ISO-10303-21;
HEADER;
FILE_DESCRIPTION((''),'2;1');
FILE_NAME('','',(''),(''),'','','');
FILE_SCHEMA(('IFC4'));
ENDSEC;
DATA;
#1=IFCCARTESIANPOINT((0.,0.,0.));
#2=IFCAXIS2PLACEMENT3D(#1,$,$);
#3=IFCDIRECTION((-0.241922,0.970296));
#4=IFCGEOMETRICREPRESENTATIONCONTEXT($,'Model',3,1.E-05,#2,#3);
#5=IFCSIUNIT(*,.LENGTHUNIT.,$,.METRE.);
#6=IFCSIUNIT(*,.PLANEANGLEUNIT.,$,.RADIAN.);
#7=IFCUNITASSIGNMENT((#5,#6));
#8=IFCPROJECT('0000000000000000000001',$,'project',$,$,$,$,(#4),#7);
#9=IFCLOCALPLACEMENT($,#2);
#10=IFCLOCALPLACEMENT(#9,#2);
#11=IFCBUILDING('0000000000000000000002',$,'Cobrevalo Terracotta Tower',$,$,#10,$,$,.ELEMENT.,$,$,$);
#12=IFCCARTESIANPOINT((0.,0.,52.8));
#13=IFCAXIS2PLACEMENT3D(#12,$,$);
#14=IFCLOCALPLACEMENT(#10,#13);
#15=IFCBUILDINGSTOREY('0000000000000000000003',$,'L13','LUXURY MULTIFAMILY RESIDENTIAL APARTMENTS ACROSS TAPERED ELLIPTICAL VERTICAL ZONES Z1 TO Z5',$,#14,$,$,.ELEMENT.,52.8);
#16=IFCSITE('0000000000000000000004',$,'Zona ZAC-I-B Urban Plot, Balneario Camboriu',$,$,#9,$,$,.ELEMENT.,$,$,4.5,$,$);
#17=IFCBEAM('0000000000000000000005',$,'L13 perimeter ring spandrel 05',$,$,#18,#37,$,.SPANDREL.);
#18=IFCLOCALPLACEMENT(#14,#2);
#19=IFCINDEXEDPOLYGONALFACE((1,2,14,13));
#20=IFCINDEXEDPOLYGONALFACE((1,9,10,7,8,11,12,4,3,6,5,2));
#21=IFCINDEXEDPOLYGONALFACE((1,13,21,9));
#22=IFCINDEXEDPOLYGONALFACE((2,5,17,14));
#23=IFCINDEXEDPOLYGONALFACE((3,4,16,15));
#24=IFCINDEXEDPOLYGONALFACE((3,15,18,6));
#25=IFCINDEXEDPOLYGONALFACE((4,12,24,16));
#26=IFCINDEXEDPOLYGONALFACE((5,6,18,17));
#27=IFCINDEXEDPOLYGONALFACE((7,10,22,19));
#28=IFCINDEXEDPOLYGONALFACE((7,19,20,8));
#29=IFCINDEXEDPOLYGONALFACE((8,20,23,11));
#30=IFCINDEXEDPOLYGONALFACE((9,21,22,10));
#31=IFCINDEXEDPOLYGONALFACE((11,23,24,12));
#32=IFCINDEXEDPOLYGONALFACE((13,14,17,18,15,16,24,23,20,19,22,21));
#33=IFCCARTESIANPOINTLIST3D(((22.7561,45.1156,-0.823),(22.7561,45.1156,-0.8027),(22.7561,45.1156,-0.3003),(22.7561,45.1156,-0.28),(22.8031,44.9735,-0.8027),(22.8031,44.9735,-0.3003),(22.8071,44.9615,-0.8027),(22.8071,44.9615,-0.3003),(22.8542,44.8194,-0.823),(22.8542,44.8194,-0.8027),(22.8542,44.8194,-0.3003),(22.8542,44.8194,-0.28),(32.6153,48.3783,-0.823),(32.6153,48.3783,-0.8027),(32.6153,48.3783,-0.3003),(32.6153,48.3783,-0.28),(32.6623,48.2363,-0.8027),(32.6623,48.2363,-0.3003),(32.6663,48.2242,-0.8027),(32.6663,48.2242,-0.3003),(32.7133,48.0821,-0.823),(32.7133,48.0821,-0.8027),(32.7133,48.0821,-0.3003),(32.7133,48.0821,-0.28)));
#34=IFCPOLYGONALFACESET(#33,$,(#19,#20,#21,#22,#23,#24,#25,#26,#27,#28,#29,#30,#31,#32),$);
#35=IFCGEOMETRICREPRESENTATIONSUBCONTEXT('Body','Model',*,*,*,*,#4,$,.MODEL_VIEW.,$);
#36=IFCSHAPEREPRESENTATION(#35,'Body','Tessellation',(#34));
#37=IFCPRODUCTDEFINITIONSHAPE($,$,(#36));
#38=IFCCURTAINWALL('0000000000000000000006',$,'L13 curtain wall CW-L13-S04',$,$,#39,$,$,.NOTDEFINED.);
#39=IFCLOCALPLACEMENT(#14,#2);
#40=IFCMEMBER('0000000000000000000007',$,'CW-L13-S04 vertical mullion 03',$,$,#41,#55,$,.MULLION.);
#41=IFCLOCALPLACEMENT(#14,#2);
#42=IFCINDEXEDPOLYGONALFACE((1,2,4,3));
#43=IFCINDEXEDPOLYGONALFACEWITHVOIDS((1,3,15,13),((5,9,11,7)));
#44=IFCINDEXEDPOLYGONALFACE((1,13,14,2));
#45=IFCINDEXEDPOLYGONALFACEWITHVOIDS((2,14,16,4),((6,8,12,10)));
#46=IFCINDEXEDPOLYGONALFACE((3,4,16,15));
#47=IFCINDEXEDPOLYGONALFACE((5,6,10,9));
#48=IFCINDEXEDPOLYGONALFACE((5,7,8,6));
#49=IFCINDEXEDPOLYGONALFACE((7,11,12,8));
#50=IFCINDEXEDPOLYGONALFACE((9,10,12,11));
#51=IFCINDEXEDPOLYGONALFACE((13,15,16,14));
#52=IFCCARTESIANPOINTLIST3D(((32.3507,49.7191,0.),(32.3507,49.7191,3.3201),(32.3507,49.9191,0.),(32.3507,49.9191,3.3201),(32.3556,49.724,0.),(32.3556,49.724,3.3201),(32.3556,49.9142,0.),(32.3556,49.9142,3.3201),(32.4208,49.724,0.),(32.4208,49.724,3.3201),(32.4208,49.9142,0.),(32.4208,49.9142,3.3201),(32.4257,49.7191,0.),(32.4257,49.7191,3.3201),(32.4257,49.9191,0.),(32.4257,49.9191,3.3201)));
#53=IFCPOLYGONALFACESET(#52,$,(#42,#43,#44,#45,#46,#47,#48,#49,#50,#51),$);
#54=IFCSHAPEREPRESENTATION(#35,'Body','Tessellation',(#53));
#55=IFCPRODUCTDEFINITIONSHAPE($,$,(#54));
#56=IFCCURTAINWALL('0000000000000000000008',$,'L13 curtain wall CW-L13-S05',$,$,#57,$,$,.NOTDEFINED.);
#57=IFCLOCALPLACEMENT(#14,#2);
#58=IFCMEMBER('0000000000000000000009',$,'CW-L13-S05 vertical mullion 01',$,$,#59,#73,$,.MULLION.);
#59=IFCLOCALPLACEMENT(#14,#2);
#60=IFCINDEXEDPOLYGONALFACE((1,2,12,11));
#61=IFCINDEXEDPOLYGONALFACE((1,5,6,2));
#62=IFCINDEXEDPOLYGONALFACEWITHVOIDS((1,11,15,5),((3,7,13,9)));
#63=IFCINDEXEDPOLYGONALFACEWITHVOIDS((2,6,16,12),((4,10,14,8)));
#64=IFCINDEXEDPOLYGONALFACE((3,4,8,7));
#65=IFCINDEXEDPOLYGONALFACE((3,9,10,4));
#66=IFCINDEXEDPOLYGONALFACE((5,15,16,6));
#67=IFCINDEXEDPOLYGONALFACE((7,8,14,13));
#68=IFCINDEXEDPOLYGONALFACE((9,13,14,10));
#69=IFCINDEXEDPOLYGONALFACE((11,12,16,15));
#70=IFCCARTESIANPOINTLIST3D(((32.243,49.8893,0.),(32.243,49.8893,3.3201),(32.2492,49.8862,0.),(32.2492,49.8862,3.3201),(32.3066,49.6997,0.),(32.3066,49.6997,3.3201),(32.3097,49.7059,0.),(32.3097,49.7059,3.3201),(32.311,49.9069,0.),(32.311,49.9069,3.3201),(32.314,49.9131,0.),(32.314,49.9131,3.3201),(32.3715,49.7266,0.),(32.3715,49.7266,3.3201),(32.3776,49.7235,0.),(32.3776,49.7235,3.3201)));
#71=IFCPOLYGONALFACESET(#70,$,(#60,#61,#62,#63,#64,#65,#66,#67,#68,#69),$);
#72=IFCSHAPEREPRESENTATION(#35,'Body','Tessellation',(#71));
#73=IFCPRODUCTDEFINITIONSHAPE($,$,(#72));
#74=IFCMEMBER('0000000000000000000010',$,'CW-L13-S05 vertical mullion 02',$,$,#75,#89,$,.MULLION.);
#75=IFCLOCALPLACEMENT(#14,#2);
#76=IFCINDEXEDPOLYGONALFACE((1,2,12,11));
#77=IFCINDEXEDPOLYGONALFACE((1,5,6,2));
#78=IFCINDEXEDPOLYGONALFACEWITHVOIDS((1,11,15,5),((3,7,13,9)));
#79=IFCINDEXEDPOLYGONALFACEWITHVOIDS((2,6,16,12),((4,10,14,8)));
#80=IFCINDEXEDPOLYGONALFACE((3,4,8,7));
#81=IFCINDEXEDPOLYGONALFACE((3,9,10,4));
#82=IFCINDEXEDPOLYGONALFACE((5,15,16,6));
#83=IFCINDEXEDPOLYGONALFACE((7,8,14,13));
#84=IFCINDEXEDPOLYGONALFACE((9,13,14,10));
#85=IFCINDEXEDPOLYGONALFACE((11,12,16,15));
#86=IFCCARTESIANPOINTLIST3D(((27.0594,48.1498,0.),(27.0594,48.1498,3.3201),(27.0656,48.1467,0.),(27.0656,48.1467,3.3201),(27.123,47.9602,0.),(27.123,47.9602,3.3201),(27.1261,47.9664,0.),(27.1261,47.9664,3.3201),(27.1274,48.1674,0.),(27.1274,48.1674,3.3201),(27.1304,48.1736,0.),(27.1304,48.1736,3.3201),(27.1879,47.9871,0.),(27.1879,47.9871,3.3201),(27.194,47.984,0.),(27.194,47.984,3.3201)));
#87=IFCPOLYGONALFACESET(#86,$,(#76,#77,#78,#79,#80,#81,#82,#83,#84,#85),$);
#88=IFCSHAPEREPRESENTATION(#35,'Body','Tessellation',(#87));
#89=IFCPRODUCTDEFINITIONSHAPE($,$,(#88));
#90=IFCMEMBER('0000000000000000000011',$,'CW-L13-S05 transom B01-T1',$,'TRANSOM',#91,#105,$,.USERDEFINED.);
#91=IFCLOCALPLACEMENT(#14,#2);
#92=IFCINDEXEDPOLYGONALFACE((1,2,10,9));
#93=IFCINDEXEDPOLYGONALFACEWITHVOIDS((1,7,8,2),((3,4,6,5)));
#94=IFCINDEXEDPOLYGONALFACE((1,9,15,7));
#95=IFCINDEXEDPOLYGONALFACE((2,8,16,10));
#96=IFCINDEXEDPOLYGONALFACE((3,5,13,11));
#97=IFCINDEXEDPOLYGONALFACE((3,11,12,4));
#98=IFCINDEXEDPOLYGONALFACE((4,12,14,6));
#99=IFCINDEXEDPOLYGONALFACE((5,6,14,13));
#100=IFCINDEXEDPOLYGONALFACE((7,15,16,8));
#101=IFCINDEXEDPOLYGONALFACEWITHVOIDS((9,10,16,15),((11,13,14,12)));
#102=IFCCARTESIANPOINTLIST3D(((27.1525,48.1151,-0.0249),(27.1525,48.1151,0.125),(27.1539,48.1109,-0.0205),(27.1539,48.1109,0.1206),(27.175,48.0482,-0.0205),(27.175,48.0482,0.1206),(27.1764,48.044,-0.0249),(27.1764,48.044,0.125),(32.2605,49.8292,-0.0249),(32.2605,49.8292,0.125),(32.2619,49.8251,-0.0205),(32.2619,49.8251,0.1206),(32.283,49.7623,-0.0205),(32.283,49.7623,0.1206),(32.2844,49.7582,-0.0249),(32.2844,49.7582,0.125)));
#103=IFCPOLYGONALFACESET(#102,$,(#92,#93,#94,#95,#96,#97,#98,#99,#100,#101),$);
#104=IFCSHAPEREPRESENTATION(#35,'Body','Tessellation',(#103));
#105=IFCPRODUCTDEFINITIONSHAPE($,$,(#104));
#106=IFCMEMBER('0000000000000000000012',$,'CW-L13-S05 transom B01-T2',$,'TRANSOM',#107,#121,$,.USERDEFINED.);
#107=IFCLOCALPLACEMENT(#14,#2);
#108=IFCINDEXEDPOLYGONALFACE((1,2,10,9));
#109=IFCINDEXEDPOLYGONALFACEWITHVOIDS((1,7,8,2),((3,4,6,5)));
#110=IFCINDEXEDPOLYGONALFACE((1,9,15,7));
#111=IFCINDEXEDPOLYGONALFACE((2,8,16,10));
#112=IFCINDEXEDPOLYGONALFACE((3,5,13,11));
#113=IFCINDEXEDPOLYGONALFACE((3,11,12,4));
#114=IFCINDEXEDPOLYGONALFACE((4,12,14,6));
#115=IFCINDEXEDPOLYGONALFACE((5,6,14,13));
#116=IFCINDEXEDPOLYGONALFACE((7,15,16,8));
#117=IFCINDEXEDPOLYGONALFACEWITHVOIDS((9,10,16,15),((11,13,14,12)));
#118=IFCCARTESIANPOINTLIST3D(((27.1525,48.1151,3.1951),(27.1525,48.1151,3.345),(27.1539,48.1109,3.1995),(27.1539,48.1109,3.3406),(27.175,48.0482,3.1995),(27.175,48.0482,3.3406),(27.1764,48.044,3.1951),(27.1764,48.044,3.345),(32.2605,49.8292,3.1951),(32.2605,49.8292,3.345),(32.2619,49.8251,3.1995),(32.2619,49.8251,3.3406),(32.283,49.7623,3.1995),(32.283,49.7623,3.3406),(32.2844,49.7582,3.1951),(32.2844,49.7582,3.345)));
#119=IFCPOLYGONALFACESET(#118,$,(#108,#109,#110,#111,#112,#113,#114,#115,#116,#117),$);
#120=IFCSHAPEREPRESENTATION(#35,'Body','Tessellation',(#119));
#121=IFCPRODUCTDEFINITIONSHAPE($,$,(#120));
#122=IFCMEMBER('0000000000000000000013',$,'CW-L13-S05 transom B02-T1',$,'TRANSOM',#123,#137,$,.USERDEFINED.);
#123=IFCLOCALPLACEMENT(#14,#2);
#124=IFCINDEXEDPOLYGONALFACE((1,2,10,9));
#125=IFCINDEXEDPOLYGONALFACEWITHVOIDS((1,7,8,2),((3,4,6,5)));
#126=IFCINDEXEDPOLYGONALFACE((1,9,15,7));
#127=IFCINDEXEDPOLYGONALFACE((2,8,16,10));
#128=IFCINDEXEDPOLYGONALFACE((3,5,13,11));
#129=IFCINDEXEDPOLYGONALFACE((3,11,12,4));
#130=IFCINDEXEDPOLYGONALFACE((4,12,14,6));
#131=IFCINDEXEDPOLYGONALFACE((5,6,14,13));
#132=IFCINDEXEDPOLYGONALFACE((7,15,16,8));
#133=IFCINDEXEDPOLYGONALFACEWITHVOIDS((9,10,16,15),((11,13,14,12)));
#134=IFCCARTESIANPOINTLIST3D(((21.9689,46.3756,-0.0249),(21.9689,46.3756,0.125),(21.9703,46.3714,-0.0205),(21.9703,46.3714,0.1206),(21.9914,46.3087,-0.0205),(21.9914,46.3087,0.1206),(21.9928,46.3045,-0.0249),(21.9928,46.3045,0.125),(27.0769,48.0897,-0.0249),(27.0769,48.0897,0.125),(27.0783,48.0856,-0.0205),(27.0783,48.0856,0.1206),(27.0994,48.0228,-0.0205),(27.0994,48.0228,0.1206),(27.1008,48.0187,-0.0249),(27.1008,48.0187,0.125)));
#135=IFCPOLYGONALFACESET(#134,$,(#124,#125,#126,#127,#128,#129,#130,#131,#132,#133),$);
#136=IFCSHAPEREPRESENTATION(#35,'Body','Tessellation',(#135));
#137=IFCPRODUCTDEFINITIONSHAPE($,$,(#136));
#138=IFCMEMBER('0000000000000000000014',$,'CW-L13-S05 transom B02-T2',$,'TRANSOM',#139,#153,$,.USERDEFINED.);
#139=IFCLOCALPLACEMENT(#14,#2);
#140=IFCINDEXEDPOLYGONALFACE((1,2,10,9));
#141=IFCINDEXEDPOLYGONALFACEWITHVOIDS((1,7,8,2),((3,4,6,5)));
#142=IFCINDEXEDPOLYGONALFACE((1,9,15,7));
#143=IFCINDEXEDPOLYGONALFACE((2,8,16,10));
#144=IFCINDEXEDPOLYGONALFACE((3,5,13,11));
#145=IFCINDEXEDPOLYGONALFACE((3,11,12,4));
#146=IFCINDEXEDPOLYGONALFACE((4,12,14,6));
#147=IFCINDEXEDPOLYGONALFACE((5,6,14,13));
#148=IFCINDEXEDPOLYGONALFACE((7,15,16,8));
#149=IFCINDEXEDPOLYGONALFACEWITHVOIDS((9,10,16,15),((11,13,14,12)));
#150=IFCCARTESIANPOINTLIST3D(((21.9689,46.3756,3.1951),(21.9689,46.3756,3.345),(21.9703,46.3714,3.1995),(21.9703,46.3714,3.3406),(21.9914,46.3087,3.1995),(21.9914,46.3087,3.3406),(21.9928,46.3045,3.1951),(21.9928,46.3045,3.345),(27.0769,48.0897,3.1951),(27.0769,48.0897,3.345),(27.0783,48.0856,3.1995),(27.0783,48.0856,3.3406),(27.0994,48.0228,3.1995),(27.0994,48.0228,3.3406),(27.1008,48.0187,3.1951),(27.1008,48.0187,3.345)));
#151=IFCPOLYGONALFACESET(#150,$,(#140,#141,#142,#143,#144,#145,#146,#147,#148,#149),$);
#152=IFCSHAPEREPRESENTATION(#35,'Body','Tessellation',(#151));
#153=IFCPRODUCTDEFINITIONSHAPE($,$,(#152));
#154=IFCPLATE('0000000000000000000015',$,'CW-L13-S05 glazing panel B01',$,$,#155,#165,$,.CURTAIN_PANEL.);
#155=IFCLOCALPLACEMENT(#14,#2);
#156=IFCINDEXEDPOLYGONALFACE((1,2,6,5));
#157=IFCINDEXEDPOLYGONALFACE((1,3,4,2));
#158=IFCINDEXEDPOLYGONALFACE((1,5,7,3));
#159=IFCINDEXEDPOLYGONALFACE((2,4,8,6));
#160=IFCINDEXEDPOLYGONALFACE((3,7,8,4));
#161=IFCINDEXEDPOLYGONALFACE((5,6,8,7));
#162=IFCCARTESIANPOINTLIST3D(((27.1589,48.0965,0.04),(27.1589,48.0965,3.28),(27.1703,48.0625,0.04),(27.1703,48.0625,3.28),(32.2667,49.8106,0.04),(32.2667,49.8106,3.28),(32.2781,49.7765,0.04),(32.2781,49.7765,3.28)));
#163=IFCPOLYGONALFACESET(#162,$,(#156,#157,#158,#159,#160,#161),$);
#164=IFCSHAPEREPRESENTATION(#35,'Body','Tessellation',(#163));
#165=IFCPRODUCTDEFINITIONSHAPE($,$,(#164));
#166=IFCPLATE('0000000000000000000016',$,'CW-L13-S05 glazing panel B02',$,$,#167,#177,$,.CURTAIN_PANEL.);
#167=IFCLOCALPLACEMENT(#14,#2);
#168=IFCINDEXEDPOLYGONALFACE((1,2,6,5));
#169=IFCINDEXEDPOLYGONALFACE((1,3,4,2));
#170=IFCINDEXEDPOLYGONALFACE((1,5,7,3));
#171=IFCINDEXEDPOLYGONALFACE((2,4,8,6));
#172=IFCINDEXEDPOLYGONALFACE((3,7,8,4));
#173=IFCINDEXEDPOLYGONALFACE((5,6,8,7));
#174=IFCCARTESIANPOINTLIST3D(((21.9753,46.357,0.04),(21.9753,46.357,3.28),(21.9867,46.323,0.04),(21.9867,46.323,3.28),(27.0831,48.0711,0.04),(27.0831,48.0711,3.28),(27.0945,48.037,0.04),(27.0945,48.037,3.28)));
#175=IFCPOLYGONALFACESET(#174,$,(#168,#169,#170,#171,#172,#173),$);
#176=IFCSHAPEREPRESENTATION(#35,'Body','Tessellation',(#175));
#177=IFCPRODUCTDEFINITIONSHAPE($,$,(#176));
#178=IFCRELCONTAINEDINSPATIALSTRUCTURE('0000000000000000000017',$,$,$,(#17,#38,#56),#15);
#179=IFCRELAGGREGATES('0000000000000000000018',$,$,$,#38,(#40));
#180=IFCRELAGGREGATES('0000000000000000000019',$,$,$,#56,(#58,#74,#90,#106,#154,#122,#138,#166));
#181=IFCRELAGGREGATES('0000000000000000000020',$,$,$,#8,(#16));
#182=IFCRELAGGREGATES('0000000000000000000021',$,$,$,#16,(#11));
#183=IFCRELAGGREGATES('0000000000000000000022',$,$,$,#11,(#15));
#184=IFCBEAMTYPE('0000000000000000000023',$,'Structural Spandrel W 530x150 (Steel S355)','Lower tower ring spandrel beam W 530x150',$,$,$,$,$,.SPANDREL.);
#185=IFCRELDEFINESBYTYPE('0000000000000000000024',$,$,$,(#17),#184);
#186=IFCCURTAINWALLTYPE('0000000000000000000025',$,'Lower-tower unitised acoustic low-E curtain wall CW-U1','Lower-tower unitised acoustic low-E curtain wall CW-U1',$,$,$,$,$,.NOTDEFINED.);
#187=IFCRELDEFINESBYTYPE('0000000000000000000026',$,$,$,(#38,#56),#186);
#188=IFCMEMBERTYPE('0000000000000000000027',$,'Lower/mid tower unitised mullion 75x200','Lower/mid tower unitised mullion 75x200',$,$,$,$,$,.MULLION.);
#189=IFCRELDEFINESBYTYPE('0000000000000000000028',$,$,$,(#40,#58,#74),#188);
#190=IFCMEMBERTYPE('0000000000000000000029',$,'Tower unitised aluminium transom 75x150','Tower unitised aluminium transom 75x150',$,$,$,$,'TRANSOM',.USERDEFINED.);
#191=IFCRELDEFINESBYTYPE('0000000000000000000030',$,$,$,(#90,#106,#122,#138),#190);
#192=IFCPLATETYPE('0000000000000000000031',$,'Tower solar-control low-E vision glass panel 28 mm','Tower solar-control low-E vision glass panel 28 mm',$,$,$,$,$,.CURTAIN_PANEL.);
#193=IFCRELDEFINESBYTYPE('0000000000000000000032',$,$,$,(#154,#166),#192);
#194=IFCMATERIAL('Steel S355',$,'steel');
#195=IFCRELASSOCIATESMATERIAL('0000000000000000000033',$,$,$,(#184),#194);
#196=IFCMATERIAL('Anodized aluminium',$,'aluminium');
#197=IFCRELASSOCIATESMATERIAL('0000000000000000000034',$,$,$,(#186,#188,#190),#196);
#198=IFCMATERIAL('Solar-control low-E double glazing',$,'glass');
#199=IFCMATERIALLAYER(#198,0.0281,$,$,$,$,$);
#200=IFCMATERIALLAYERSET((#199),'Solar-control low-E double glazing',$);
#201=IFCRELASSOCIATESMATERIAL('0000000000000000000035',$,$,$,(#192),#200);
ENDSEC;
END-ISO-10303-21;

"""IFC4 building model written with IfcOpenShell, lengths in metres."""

from ifc_helpers import new_model, si_unit, direction, frame, origin, origin_2d, place, context, subcontext, project, spatial, rectangle, hollow_rectangle, i_section, extrude, source, transform, mapped, material, layer, layer_set, material_profile, profile_set, type_object, element, aggregate, save


model = new_model("IFC4")

# Units and contexts
model_context = context("Model", 3, precision=1e-05, world=origin(), true_north=direction((-0.241922, 0.970296)))
body_context = subcontext(model_context, "Body", "Model", "MODEL_VIEW")
ifc_project = project(units=[si_unit("LENGTHUNIT", "METRE"), si_unit("PLANEANGLEUNIT", "RADIAN")], contexts=[model_context])

# Site, building, storey
site_placement = place(None, origin())
site = spatial("IfcSite", under=ifc_project, at=site_placement, Name="Zona ZAC-I-B Urban Plot, Balneario Camboriu", CompositionType="ELEMENT", RefElevation=4.5)
building_placement = place(site_placement, origin())
building = spatial("IfcBuilding", under=site, at=building_placement, Name="Cobrevalo Terracotta Tower", CompositionType="ELEMENT")
storey_placement = place(building_placement, frame((0.0, 0.0, 52.8)))
storey = spatial("IfcBuildingStorey", under=building, at=storey_placement, Name="L13", Description="LUXURY MULTIFAMILY RESIDENTIAL APARTMENTS ACROSS TAPERED ELLIPTICAL VERTICAL ZONES Z1 TO Z5", CompositionType="ELEMENT", Elevation=52.8)

# Shared definitions
ifc_material_1 = material(Name="Steel S355", Category="steel")

# Beam
ifc_material_profile_1 = material_profile(ifc_material_1, i_section(OverallWidth=0.312, OverallDepth=0.543, WebThickness=0.0127, FlangeThickness=0.0203, at=origin_2d()), Name="W 530x150")
ifc_profile_set_1 = profile_set([ifc_material_profile_1], Name="Steel S355")
beam_type_1 = type_object("IfcBeamType", Name="Structural Spandrel W 530x150 (Steel S355)", Description="Lower tower ring spandrel beam W 530x150", PredefinedType="SPANDREL", material=ifc_profile_set_1)
beam_1_placement = place(storey_placement, frame((32.6643, 48.2302, -0.5515), z_axis=(-0.949365, -0.314175, 0.0), x_axis=(0.314175, -0.949365, 0.0)))
element("IfcBeam", 1, at=beam_1_placement, inside=storey, type_object=beam_type_1, Name="L13 perimeter ring spandrel 05", PredefinedType="SPANDREL", context=body_context, shape_type="SweptSolid", body=[
    extrude(i_section(OverallWidth=0.312, OverallDepth=0.543, WebThickness=0.0127, FlangeThickness=0.0203, at=origin_2d()), origin(), (0.0, 0.0, 1.0), 10.385),
])

# Curtain wall, member
ifc_material_2 = material(Name="Anodized aluminium", Category="aluminium")
curtain_wall_type = type_object("IfcCurtainWallType", Name="Lower-tower unitised acoustic low-E curtain wall CW-U1", Description="Lower-tower unitised acoustic low-E curtain wall CW-U1", PredefinedType="NOTDEFINED", material=ifc_material_2)
curtain_wall_1_placement = place(storey_placement, origin())
curtain_wall_1 = element("IfcCurtainWall", 2, at=curtain_wall_1_placement, inside=storey, type_object=curtain_wall_type, Name="L13 curtain wall CW-L13-S04", PredefinedType="NOTDEFINED")
ifc_material_profile_2 = material_profile(ifc_material_2, hollow_rectangle(XDim=0.075, YDim=0.2, WallThickness=0.0049, at=origin_2d()), Name="CWM 75x200")
ifc_profile_set_2 = profile_set([ifc_material_profile_2], Name="Anodized aluminium")
member_type_1 = type_object("IfcMemberType", Name="Lower/mid tower unitised mullion 75x200", Description="Lower/mid tower unitised mullion 75x200", PredefinedType="MULLION", material=ifc_profile_set_2)
shared_shape_1 = source(origin(), body_context, "Body", "SweptSolid", [
    extrude(hollow_rectangle(XDim=0.075, YDim=0.2, WallThickness=0.0049, at=origin_2d()), origin(), (0.0, 0.0, 1.0), 3.3201),
])
member_1_placement = place(storey_placement, frame((32.3882, 49.8191, 0.0), z_axis=(0.0, 0.0, 1.0), x_axis=(-1.0, 0.0, 0.0)))
member_1 = element("IfcMember", 3, at=member_1_placement, type_object=member_type_1, Name="CW-L13-S04 vertical mullion 03", PredefinedType="MULLION", context=body_context, shape_type="MappedRepresentation", body=[
    mapped(shared_shape_1, transform((0.0, 0.0, 0.0), scale=1.0)),
])
aggregate(curtain_wall_1, [member_1])

# Curtain wall, members, plates
curtain_wall_2_placement = place(storey_placement, origin())
curtain_wall_2 = element("IfcCurtainWall", 4, at=curtain_wall_2_placement, inside=storey, type_object=curtain_wall_type, Name="L13 curtain wall CW-L13-S05", PredefinedType="NOTDEFINED")
member_2_placement = place(storey_placement, frame((32.3103, 49.8064, 0.0), z_axis=(0.0, 0.0, 1.0), x_axis=(-0.948046, -0.318132, 0.0)))
member_2 = element("IfcMember", 5, at=member_2_placement, type_object=member_type_1, Name="CW-L13-S05 vertical mullion 01", PredefinedType="MULLION", context=body_context, shape_type="MappedRepresentation", body=[
    mapped(shared_shape_1, transform((0.0, 0.0, 0.0), scale=1.0)),
])
member_3_placement = place(storey_placement, frame((27.1267, 48.0669, 0.0), z_axis=(0.0, 0.0, 1.0), x_axis=(-0.948046, -0.318132, 0.0)))
member_3 = element("IfcMember", 6, at=member_3_placement, type_object=member_type_1, Name="CW-L13-S05 vertical mullion 02", PredefinedType="MULLION", context=body_context, shape_type="MappedRepresentation", body=[
    mapped(shared_shape_1, transform((0.0, 0.0, 0.0), scale=1.0)),
])
ifc_material_profile_3 = material_profile(ifc_material_2, hollow_rectangle(XDim=0.075, YDim=0.1499, WallThickness=0.0044, at=origin_2d()), Name="CWT 75x150")
ifc_profile_set_3 = profile_set([ifc_material_profile_3], Name="Anodized aluminium")
member_type_2 = type_object("IfcMemberType", Name="Tower unitised aluminium transom 75x150", Description="Tower unitised aluminium transom 75x150", ElementType="TRANSOM", PredefinedType="USERDEFINED", material=ifc_profile_set_3)
shared_shape_2 = source(origin(), body_context, "Body", "SweptSolid", [
    extrude(hollow_rectangle(XDim=0.075, YDim=0.1499, WallThickness=0.0044, at=origin_2d()), origin(), (0.0, 0.0, 1.0), 5.3879),
])
member_4_placement = place(storey_placement, frame((32.2725, 49.7937, 0.05), z_axis=(-0.948042, -0.318144, 0.0), x_axis=(0.318144, -0.948042, 0.0)))
member_4 = element("IfcMember", 7, at=member_4_placement, type_object=member_type_2, Name="CW-L13-S05 transom B01-T1", ObjectType="TRANSOM", PredefinedType="USERDEFINED", context=body_context, shape_type="MappedRepresentation", body=[
    mapped(shared_shape_2, transform((0.0, 0.0, 0.0), scale=1.0)),
])
member_5_placement = place(storey_placement, frame((32.2725, 49.7937, 3.27), z_axis=(-0.948042, -0.318144, 0.0), x_axis=(0.318144, -0.948042, 0.0)))
member_5 = element("IfcMember", 8, at=member_5_placement, type_object=member_type_2, Name="CW-L13-S05 transom B01-T2", ObjectType="TRANSOM", PredefinedType="USERDEFINED", context=body_context, shape_type="MappedRepresentation", body=[
    mapped(shared_shape_2, transform((0.0, 0.0, 0.0), scale=1.0)),
])
member_6_placement = place(storey_placement, frame((27.0889, 48.0542, 0.05), z_axis=(-0.948042, -0.318144, 0.0), x_axis=(0.318144, -0.948042, 0.0)))
member_6 = element("IfcMember", 9, at=member_6_placement, type_object=member_type_2, Name="CW-L13-S05 transom B02-T1", ObjectType="TRANSOM", PredefinedType="USERDEFINED", context=body_context, shape_type="MappedRepresentation", body=[
    mapped(shared_shape_2, transform((0.0, 0.0, 0.0), scale=1.0)),
])
member_7_placement = place(storey_placement, frame((27.0889, 48.0542, 3.27), z_axis=(-0.948042, -0.318144, 0.0), x_axis=(0.318144, -0.948042, 0.0)))
member_7 = element("IfcMember", 10, at=member_7_placement, type_object=member_type_2, Name="CW-L13-S05 transom B02-T2", ObjectType="TRANSOM", PredefinedType="USERDEFINED", context=body_context, shape_type="MappedRepresentation", body=[
    mapped(shared_shape_2, transform((0.0, 0.0, 0.0), scale=1.0)),
])
ifc_material_3 = material(Name="Solar-control low-E double glazing", Category="glass")
ifc_layer_1 = layer(ifc_material_3, 0.0281)
ifc_layer_set_1 = layer_set([ifc_layer_1], Name="Solar-control low-E double glazing")
plate_type = type_object("IfcPlateType", Name="Tower solar-control low-E vision glass panel 28 mm", Description="Tower solar-control low-E vision glass panel 28 mm", PredefinedType="CURTAIN_PANEL", material=ifc_layer_set_1)
shared_shape_3 = source(origin(), body_context, "Body", "SweptSolid", [
    extrude(rectangle(XDim=5.3877, YDim=0.0359, at=origin_2d()), origin(), (0.0, 0.0, 1.0), 3.24),
])
plate_1_placement = place(storey_placement, frame((29.7185, 48.9365, 0.04), z_axis=(0.0, 0.0, 1.0), x_axis=(-0.948044, -0.318139, 0.0)))
plate_1 = element("IfcPlate", 11, at=plate_1_placement, type_object=plate_type, Name="CW-L13-S05 glazing panel B01", PredefinedType="CURTAIN_PANEL", context=body_context, shape_type="MappedRepresentation", body=[
    mapped(shared_shape_3, transform((0.0, 0.0, 0.0), scale=1.0)),
])
plate_2_placement = place(storey_placement, frame((24.5349, 47.197, 0.04), z_axis=(0.0, 0.0, 1.0), x_axis=(-0.948044, -0.318139, 0.0)))
plate_2 = element("IfcPlate", 12, at=plate_2_placement, type_object=plate_type, Name="CW-L13-S05 glazing panel B02", PredefinedType="CURTAIN_PANEL", context=body_context, shape_type="MappedRepresentation", body=[
    mapped(shared_shape_3, transform((0.0, 0.0, 0.0), scale=1.0)),
])
aggregate(curtain_wall_2, [member_2, member_3, member_4, member_5, plate_1, member_6, member_7, plate_2])

save(model, "model.ifc")
